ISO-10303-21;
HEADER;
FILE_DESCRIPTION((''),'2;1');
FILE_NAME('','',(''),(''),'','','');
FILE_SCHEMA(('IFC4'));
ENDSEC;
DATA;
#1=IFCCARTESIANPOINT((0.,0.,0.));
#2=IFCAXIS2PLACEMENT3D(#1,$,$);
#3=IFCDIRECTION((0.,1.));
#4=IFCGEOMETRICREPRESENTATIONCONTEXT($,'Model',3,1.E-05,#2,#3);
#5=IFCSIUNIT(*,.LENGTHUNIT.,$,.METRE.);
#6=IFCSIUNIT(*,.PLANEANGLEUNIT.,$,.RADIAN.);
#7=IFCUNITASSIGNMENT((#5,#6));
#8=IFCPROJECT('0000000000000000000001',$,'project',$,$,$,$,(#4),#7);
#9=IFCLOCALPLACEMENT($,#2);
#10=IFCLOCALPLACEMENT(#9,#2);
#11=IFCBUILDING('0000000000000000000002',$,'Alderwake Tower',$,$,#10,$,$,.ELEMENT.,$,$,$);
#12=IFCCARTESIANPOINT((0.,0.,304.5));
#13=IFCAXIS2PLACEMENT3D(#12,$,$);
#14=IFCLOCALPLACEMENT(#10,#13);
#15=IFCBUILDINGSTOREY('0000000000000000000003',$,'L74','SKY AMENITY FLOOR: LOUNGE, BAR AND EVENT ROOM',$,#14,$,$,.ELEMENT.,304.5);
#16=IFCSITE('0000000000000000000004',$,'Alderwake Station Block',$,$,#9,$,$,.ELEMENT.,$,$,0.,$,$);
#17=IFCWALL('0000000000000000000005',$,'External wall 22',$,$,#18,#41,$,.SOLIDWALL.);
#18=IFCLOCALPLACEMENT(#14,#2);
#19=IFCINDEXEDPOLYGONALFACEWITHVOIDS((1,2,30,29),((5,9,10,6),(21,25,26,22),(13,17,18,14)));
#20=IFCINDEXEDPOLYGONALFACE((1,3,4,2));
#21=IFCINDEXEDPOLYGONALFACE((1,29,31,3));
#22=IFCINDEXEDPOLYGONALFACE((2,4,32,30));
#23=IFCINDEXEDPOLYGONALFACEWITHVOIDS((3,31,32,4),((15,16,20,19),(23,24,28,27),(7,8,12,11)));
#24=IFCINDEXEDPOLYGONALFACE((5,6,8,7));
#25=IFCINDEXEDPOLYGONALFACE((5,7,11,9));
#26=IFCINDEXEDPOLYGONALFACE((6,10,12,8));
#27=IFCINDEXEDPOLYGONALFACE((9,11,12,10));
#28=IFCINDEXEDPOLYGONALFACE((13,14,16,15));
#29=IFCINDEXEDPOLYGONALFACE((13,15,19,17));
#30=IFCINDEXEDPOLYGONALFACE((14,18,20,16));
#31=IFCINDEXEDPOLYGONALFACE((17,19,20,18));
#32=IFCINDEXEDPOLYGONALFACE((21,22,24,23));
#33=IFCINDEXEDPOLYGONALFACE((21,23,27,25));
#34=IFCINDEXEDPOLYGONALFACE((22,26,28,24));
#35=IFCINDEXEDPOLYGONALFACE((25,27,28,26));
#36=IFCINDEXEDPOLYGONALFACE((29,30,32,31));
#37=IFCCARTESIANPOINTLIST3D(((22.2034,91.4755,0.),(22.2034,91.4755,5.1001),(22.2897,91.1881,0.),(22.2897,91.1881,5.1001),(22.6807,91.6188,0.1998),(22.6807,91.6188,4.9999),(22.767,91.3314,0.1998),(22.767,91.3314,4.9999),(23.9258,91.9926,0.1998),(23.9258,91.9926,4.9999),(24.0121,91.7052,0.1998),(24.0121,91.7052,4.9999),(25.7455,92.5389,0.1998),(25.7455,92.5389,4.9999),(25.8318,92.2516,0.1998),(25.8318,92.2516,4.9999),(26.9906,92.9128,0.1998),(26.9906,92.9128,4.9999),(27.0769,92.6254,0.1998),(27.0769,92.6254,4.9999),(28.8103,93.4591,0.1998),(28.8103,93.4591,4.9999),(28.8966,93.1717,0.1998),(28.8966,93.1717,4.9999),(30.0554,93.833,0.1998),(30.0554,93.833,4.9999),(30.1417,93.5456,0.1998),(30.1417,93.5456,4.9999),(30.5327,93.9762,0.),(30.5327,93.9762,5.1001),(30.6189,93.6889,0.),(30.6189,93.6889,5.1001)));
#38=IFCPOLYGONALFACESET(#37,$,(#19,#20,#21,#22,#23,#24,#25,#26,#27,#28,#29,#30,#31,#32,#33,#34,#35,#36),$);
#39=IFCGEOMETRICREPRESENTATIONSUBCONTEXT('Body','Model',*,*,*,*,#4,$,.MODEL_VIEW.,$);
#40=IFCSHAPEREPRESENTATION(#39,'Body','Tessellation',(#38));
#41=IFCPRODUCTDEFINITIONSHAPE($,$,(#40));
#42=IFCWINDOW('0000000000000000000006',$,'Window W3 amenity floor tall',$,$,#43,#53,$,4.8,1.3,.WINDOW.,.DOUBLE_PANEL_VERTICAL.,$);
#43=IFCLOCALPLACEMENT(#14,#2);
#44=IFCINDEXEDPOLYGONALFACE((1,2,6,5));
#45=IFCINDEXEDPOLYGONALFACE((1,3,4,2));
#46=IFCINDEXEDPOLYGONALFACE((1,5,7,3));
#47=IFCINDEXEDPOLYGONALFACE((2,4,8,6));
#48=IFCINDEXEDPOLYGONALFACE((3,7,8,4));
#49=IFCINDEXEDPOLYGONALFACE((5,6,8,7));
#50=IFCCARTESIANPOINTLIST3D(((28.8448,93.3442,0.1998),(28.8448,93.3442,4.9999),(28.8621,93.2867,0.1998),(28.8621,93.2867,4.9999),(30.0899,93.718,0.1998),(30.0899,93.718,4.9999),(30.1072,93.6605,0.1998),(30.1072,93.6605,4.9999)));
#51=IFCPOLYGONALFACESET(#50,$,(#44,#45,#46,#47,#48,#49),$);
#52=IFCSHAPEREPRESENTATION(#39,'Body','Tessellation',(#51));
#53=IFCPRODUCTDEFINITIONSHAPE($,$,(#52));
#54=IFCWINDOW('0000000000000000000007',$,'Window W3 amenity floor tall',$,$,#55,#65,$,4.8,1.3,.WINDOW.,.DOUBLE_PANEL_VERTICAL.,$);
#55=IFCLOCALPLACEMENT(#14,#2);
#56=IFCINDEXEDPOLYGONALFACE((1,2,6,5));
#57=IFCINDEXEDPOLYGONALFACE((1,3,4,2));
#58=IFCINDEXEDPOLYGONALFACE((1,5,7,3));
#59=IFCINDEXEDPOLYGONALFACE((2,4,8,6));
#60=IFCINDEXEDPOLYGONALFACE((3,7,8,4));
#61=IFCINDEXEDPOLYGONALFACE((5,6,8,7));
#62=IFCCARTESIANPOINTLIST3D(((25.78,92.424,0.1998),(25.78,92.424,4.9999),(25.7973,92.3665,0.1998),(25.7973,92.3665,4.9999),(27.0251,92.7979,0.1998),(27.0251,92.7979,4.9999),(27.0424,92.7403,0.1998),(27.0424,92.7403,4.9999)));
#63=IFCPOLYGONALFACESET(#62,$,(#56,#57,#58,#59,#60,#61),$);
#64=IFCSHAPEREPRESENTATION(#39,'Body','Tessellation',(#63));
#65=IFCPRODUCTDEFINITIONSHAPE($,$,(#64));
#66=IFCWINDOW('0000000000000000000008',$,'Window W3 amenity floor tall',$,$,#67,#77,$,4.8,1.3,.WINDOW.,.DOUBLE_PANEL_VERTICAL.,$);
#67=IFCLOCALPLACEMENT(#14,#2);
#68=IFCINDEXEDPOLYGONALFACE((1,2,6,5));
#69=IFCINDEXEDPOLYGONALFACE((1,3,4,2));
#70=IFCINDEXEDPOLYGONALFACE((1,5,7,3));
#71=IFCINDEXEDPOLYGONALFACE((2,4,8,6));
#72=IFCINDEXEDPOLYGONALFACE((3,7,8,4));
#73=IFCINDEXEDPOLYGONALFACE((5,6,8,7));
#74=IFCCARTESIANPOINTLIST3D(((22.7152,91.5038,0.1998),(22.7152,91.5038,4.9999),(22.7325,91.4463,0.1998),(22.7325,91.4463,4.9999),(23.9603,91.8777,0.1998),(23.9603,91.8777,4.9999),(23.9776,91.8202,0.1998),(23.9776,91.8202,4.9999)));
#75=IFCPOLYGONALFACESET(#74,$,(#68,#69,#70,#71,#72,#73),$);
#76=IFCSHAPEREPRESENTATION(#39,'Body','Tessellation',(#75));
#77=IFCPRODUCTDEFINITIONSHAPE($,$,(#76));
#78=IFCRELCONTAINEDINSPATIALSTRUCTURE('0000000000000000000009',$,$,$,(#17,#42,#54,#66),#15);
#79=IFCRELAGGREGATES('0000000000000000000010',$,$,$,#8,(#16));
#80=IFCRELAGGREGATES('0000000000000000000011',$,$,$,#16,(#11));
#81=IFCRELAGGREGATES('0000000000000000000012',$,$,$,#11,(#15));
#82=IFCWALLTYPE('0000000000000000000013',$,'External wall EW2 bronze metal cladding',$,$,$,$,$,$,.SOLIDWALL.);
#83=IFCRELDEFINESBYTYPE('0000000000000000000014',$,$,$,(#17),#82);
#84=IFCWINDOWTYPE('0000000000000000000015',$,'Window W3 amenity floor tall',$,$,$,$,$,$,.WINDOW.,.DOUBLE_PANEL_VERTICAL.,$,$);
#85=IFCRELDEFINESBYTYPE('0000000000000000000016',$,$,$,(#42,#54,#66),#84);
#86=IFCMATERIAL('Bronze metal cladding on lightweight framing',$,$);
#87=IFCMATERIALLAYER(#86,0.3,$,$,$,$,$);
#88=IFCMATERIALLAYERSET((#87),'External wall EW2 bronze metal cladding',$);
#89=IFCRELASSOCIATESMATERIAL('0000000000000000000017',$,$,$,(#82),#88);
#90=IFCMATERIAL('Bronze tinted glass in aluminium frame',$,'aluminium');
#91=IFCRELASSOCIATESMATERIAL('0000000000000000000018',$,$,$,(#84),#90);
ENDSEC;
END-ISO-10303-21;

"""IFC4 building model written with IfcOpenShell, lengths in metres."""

from ifc_helpers import new_model, si_unit, direction, frame, frame_2d, origin, place, context, subcontext, project, spatial, rectangle, extrude, material, layer, layer_set, type_object, element, fill, save


model = new_model("IFC4")

# Units and contexts
model_context = context("Model", 3, precision=1e-05, world=origin(), true_north=direction((0.0, 1.0)))
body_context = subcontext(model_context, "Body", "Model", "MODEL_VIEW")
ifc_project = project(units=[si_unit("LENGTHUNIT", "METRE"), si_unit("PLANEANGLEUNIT", "RADIAN")], contexts=[model_context])

# Site, building, storey
site_placement = place(None, origin())
site = spatial("IfcSite", under=ifc_project, at=site_placement, Name="Alderwake Station Block", CompositionType="ELEMENT", RefElevation=0.0)
building_placement = place(site_placement, origin())
building = spatial("IfcBuilding", under=site, at=building_placement, Name="Alderwake Tower", CompositionType="ELEMENT")
storey_placement = place(building_placement, frame((0.0, 0.0, 304.5)))
storey = spatial("IfcBuildingStorey", under=building, at=storey_placement, Name="L74", Description="SKY AMENITY FLOOR: LOUNGE, BAR AND EVENT ROOM", CompositionType="ELEMENT", Elevation=304.5)

# Wall, openings, windows
ifc_material_1 = material(Name="Bronze metal cladding on lightweight framing")
ifc_layer_1 = layer(ifc_material_1, 0.3)
ifc_layer_set_1 = layer_set([ifc_layer_1], Name="External wall EW2 bronze metal cladding")
wall_type_1 = type_object("IfcWallType", Name="External wall EW2 bronze metal cladding", PredefinedType="SOLIDWALL", material=ifc_layer_set_1)
ifc_material_2 = material(Name="Bronze tinted glass in aluminium frame", Category="aluminium")
window_type = type_object("IfcWindowType", Name="Window W3 amenity floor tall", PartitioningType="DOUBLE_PANEL_VERTICAL", PredefinedType="WINDOW", material=ifc_material_2)
wall_1_placement = place(storey_placement, frame((30.5757, 93.8325, 0.0), z_axis=(0.0, 0.0, 1.0), x_axis=(-0.957763, -0.287559, 0.0)))
wall_1 = element("IfcWall", 1, at=wall_1_placement, inside=storey, type_object=wall_type_1, Name="External wall 22", PredefinedType="SOLIDWALL", context=body_context, shape_type="SweptSolid", body=[
    extrude(rectangle(XDim=8.6965, YDim=0.3, at=frame_2d((4.3481, 0.0))), origin(), (0.0, 0.0, 1.0), 5.1001),
])
opening_1_placement = place(wall_1_placement, frame((0.4983, 0.0, 0.2)))
opening_1 = element("IfcOpeningElement", 2, at=opening_1_placement, cuts=wall_1, PredefinedType="OPENING", context=body_context, shape_type="SweptSolid", body=[
    extrude(rectangle(XDim=1.3, YDim=4.8, at=frame_2d((0.6499, 2.3999))), frame((0.0, 0.1599, 0.0), z_axis=(0.0, -1.0, 0.0), x_axis=(1.0, 0.0, 0.0)), (0.0, 0.0, 1.0), 0.3201),
])
opening_2_placement = place(wall_1_placement, frame((3.6982, 0.0, 0.2)))
opening_2 = element("IfcOpeningElement", 3, at=opening_2_placement, cuts=wall_1, PredefinedType="OPENING", context=body_context, shape_type="SweptSolid", body=[
    extrude(rectangle(XDim=1.3, YDim=4.8, at=frame_2d((0.6499, 2.3999))), frame((0.0, 0.1599, 0.0), z_axis=(0.0, -1.0, 0.0), x_axis=(1.0, 0.0, 0.0)), (0.0, 0.0, 1.0), 0.3201),
])
opening_3_placement = place(wall_1_placement, frame((6.8982, 0.0, 0.2)))
opening_3 = element("IfcOpeningElement", 4, at=opening_3_placement, cuts=wall_1, PredefinedType="OPENING", context=body_context, shape_type="SweptSolid", body=[
    extrude(rectangle(XDim=1.3, YDim=4.8, at=frame_2d((0.6499, 2.3999))), frame((0.0, 0.1599, 0.0), z_axis=(0.0, -1.0, 0.0), x_axis=(1.0, 0.0, 0.0)), (0.0, 0.0, 1.0), 0.3201),
])
window_1_placement = place(opening_1_placement, origin())
window_1 = element("IfcWindow", 5, at=window_1_placement, inside=storey, type_object=window_type, Name="Window W3 amenity floor tall", OverallHeight=4.8, OverallWidth=1.3, PartitioningType="DOUBLE_PANEL_VERTICAL", PredefinedType="WINDOW", context=body_context, shape_type="SweptSolid", body=[
    extrude(rectangle(XDim=1.3, YDim=4.8, at=frame_2d((0.6499, 2.3999))), frame((0.0, 0.03, 0.0), z_axis=(0.0, -1.0, 0.0), x_axis=(1.0, 0.0, 0.0)), (0.0, 0.0, 1.0), 0.0601),
])
fill(opening_1, window_1)
window_2_placement = place(opening_2_placement, origin())
window_2 = element("IfcWindow", 6, at=window_2_placement, inside=storey, type_object=window_type, Name="Window W3 amenity floor tall", OverallHeight=4.8, OverallWidth=1.3, PartitioningType="DOUBLE_PANEL_VERTICAL", PredefinedType="WINDOW", context=body_context, shape_type="SweptSolid", body=[
    extrude(rectangle(XDim=1.3, YDim=4.8, at=frame_2d((0.6499, 2.3999))), frame((0.0, 0.03, 0.0), z_axis=(0.0, -1.0, 0.0), x_axis=(1.0, 0.0, 0.0)), (0.0, 0.0, 1.0), 0.0601),
])
fill(opening_2, window_2)
window_3_placement = place(opening_3_placement, origin())
window_3 = element("IfcWindow", 7, at=window_3_placement, inside=storey, type_object=window_type, Name="Window W3 amenity floor tall", OverallHeight=4.8, OverallWidth=1.3, PartitioningType="DOUBLE_PANEL_VERTICAL", PredefinedType="WINDOW", context=body_context, shape_type="SweptSolid", body=[
    extrude(rectangle(XDim=1.3, YDim=4.8, at=frame_2d((0.6499, 2.3999))), frame((0.0, 0.03, 0.0), z_axis=(0.0, -1.0, 0.0), x_axis=(1.0, 0.0, 0.0)), (0.0, 0.0, 1.0), 0.0601),
])
fill(opening_3, window_3)

save(model, "model.ifc")
